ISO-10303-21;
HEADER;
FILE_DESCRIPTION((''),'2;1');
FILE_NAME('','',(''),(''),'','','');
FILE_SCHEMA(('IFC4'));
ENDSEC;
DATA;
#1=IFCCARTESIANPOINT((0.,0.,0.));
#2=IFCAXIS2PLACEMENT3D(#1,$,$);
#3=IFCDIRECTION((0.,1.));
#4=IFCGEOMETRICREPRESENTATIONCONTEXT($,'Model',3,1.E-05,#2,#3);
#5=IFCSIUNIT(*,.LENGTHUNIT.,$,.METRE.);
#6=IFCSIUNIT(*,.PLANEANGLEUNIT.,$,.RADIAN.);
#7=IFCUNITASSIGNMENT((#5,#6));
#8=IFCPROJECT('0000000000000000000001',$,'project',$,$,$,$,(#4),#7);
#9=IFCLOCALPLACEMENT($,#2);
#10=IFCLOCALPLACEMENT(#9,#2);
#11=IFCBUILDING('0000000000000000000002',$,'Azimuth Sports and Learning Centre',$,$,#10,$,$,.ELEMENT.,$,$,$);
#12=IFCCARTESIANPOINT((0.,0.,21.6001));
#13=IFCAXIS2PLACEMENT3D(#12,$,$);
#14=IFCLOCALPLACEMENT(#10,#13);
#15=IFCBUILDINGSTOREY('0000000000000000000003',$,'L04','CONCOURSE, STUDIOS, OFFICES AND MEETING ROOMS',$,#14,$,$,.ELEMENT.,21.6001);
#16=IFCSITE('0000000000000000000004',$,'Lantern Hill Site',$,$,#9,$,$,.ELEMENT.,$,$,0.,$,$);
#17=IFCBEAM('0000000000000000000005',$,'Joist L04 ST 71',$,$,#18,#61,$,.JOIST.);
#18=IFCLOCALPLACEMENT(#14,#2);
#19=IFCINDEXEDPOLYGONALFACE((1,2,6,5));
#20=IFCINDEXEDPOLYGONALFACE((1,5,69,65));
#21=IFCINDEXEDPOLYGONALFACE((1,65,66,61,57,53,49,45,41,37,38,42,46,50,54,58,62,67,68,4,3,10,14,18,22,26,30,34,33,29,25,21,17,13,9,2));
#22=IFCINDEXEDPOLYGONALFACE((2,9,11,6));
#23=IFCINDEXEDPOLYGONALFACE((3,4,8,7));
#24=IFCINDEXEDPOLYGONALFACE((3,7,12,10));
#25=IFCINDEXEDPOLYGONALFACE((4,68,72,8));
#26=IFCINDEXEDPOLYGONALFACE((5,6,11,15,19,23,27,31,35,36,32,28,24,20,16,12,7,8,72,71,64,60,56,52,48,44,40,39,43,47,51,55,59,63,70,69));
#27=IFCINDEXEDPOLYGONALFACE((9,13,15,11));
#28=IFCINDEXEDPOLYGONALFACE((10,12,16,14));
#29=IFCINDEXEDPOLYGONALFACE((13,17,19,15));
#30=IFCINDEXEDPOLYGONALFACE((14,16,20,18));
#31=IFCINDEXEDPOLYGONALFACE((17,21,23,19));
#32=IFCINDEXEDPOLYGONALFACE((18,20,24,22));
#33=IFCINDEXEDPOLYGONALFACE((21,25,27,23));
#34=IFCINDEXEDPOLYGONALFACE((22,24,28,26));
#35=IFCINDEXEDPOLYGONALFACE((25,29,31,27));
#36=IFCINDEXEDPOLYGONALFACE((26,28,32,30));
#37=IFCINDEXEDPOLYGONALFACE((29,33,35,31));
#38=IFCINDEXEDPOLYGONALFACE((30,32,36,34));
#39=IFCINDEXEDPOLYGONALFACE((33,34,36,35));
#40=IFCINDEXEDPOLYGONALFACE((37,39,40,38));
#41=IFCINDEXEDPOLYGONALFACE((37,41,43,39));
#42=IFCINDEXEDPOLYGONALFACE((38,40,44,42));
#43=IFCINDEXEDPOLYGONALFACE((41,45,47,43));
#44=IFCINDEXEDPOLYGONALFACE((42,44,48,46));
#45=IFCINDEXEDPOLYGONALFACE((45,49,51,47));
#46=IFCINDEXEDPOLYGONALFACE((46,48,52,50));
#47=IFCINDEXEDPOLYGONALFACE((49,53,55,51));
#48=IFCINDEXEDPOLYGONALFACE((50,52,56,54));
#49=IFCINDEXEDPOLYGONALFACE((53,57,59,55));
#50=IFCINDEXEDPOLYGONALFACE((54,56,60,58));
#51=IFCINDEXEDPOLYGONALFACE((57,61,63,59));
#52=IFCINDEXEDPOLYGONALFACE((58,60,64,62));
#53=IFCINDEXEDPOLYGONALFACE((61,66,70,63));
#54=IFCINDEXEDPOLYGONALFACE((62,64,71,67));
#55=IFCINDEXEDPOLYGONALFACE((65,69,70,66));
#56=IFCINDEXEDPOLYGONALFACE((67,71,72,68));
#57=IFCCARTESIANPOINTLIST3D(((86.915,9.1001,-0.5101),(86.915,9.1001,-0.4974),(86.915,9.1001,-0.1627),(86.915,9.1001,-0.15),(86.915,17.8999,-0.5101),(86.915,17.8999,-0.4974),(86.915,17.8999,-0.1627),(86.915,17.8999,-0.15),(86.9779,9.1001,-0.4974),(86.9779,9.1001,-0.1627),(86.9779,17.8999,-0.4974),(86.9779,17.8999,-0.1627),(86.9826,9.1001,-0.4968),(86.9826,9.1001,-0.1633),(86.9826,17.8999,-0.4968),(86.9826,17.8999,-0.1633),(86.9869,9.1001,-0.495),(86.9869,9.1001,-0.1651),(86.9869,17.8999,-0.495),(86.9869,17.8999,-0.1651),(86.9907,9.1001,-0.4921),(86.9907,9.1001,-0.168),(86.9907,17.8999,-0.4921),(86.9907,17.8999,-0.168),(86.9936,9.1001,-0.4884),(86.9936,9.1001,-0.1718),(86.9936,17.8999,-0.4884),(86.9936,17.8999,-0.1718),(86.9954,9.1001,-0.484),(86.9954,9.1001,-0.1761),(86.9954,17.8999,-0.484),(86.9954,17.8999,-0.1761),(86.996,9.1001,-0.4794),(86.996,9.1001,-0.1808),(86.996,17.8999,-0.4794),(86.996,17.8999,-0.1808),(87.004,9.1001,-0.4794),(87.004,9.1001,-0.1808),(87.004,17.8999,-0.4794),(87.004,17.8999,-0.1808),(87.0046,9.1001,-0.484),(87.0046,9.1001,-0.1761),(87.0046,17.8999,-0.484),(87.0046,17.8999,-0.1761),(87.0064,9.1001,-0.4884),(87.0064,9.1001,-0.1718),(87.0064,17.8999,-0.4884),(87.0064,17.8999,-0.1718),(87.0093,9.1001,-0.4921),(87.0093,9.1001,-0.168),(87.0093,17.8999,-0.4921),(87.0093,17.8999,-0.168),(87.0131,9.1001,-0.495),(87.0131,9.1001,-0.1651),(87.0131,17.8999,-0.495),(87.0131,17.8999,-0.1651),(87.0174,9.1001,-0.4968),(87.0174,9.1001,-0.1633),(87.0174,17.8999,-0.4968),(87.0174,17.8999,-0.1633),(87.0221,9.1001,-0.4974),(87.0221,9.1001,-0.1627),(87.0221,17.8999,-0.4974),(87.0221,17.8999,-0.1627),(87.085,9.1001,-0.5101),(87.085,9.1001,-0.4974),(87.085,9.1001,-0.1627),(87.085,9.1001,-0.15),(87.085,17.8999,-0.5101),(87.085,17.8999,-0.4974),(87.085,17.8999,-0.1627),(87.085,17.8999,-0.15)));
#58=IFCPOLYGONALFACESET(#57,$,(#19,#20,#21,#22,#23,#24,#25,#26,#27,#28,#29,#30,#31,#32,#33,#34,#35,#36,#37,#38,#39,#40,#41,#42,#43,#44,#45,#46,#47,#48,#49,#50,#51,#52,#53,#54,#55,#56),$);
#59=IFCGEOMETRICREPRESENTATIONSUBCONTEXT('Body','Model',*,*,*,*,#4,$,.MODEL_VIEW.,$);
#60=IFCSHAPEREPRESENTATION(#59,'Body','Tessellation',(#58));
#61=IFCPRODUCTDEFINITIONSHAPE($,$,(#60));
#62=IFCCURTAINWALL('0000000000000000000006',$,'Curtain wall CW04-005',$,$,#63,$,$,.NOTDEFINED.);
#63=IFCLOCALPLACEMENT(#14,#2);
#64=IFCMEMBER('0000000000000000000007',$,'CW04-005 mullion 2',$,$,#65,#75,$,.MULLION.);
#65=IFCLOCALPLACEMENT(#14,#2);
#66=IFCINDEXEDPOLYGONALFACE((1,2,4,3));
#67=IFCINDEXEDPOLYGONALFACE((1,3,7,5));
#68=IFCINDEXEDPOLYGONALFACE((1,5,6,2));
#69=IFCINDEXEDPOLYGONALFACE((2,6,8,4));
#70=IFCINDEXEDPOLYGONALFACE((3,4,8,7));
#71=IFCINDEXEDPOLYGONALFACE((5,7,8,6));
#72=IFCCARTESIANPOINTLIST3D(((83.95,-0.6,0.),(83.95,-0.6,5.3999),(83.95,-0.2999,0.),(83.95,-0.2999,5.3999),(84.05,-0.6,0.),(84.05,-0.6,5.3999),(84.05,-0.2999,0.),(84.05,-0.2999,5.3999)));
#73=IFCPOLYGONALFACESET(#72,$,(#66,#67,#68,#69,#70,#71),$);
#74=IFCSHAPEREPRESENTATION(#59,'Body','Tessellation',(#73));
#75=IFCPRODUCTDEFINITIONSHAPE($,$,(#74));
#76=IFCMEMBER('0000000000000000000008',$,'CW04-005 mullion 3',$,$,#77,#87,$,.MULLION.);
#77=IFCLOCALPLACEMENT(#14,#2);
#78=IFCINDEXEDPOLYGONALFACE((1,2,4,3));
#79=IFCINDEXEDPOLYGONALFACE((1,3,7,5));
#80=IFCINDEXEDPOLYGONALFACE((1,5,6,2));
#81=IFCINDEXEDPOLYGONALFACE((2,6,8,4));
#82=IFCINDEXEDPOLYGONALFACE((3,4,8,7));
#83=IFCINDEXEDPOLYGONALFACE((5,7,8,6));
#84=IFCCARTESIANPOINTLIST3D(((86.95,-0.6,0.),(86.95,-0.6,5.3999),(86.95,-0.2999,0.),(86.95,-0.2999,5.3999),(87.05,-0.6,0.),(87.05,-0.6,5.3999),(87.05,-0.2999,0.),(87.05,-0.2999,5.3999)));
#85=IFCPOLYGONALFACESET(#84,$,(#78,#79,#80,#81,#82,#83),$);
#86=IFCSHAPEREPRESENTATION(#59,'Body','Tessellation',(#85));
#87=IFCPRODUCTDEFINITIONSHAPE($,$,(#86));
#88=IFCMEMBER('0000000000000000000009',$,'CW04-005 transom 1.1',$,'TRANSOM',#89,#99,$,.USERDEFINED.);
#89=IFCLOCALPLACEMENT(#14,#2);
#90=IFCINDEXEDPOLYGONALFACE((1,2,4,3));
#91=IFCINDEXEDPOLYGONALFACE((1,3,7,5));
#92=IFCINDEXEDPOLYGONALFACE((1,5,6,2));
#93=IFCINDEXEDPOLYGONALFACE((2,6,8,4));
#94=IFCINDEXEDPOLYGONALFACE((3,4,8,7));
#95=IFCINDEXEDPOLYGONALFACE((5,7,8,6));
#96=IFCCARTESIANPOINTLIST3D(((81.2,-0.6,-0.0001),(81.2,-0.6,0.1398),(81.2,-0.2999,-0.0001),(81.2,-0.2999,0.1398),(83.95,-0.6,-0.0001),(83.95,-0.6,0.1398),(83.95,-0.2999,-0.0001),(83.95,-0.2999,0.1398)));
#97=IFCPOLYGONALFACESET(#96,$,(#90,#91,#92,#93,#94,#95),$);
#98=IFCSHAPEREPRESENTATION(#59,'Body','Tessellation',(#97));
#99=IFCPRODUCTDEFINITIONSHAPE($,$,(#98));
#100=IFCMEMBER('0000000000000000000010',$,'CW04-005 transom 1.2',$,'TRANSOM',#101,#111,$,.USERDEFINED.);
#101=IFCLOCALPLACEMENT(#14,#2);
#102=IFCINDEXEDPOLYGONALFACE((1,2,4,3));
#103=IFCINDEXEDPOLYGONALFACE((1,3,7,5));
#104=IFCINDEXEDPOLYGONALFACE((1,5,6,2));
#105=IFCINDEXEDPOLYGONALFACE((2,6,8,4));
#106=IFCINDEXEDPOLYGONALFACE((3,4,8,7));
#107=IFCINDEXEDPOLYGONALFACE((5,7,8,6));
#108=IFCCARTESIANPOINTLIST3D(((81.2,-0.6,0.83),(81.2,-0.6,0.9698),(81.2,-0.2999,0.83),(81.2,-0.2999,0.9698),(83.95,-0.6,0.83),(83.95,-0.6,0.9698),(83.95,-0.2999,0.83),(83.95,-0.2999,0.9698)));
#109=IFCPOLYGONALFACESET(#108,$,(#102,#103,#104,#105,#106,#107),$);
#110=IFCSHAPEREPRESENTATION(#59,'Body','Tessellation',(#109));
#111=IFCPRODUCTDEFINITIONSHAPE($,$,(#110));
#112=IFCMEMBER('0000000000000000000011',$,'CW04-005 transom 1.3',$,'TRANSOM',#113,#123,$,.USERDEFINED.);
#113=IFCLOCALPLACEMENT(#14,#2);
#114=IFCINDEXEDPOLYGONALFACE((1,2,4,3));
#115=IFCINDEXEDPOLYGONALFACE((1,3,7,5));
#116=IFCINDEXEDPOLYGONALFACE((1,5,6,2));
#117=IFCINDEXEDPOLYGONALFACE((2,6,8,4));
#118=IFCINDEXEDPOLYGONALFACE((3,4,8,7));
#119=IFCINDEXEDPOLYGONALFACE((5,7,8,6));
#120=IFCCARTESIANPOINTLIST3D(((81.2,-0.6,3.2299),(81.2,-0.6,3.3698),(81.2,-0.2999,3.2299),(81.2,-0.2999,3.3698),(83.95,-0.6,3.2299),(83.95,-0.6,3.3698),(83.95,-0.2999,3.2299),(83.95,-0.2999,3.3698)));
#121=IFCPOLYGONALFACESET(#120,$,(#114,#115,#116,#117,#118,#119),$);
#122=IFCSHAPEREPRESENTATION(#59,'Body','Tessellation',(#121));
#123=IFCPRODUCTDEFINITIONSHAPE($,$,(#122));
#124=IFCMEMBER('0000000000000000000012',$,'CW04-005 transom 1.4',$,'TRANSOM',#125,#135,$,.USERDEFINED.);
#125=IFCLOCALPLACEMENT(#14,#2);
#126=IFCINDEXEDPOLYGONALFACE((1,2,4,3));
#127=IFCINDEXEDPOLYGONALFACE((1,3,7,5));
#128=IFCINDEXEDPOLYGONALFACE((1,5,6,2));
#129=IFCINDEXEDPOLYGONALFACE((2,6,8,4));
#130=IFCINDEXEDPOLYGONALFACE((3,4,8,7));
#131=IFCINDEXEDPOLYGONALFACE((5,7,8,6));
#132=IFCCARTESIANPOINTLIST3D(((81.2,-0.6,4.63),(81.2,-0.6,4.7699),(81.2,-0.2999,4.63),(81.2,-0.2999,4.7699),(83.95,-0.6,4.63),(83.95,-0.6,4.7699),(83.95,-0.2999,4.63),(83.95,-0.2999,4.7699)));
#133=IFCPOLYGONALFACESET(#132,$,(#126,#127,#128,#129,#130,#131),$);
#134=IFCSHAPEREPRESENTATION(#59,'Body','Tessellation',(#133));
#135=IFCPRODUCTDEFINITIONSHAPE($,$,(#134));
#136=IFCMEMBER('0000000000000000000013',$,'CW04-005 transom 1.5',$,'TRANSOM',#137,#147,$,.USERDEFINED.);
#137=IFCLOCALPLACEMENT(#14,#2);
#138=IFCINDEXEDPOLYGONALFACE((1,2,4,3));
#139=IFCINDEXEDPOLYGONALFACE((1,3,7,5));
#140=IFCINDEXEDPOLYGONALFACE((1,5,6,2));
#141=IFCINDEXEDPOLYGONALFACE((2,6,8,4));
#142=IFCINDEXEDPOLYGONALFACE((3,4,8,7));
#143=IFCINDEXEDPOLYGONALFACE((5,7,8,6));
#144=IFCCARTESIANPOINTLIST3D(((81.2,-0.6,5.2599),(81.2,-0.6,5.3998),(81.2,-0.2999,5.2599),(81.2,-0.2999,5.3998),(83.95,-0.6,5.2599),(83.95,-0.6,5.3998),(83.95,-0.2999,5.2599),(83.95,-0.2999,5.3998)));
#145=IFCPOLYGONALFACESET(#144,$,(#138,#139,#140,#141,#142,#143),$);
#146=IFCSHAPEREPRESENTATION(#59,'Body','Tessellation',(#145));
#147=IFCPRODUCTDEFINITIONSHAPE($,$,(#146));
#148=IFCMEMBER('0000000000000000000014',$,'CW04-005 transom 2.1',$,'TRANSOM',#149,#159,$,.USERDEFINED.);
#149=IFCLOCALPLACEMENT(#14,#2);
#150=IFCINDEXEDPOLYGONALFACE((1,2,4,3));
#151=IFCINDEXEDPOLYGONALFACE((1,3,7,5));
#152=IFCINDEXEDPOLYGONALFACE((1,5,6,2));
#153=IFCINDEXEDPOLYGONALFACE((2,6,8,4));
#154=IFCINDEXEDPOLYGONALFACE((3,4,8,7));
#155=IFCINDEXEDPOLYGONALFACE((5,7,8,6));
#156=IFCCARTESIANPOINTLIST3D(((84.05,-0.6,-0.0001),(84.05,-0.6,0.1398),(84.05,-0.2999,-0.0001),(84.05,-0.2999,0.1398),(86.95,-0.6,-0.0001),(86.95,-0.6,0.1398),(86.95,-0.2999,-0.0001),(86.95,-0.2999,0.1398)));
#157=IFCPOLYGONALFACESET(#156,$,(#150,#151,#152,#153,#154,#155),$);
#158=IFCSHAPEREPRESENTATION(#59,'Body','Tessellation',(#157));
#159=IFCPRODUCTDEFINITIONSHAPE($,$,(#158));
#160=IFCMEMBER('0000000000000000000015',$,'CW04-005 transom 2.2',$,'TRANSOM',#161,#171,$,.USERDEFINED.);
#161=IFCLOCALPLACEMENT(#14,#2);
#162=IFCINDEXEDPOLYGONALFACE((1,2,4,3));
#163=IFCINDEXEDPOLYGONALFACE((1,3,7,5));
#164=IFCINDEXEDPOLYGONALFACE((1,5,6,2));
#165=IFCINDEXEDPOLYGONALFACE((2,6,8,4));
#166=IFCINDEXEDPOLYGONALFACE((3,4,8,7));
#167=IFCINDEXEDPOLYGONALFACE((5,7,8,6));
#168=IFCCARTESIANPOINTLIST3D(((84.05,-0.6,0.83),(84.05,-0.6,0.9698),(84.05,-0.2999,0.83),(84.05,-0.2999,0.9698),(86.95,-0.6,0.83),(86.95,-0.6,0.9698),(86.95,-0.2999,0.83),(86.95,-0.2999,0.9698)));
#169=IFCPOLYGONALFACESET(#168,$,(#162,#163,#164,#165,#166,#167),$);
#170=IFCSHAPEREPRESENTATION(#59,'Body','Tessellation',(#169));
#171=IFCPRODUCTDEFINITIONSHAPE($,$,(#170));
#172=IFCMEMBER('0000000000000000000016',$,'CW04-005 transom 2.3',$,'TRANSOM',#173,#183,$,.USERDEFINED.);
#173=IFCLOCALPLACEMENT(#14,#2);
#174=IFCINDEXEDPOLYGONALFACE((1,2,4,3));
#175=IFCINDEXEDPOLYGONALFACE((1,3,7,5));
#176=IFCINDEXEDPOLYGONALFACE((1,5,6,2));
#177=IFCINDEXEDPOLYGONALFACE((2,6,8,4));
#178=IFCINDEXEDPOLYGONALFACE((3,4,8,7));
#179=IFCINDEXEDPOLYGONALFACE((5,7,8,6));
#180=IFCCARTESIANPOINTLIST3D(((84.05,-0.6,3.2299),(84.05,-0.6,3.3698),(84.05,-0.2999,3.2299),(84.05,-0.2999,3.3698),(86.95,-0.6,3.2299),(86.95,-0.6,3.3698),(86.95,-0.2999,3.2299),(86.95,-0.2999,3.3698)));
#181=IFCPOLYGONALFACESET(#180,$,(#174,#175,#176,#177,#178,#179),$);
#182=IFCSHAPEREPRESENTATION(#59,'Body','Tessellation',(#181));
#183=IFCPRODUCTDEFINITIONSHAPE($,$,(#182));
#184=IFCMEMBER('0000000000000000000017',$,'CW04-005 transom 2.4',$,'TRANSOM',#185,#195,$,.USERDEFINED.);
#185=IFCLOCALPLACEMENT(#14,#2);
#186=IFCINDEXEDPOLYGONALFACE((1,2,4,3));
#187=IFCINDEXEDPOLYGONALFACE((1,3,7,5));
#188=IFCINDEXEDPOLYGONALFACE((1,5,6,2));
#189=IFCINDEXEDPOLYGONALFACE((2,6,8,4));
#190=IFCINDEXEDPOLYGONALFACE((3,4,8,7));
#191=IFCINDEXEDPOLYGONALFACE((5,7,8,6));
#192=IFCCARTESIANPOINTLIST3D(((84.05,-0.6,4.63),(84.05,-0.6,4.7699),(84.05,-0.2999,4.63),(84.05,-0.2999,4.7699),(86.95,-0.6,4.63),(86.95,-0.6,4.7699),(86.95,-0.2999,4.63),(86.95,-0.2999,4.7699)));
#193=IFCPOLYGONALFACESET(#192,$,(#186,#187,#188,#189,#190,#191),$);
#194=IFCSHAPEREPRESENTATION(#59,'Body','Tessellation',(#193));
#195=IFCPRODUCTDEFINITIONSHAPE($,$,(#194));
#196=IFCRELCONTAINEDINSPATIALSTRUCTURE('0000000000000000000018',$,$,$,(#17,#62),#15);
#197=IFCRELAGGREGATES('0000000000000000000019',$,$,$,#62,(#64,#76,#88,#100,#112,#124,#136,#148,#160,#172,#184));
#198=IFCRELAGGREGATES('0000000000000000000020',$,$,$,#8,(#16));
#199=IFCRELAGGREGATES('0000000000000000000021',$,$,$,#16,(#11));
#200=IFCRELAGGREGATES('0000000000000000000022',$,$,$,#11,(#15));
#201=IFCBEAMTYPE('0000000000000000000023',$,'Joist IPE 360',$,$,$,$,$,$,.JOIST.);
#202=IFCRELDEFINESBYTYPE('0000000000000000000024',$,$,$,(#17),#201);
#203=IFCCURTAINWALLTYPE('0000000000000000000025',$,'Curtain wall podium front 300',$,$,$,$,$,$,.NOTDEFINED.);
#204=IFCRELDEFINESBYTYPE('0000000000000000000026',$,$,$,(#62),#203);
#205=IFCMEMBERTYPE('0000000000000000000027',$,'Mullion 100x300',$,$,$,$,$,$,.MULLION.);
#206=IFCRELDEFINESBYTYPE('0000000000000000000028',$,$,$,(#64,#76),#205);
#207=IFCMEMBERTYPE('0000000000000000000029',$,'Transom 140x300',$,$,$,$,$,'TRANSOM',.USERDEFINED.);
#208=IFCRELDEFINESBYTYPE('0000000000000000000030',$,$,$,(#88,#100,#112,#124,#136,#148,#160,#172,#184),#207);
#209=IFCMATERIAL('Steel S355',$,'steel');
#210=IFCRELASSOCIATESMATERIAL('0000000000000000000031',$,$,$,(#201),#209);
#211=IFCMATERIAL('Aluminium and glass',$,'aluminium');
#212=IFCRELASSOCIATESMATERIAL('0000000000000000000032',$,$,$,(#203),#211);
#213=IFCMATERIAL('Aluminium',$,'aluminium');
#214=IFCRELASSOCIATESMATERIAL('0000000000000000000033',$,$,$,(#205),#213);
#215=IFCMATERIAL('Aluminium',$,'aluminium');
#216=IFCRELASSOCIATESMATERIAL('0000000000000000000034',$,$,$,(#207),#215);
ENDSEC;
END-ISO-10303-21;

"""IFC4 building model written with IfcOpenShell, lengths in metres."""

from ifc_helpers import new_model, si_unit, direction, frame, origin, origin_2d, place, context, subcontext, project, spatial, rectangle, i_section, extrude, material, material_profile, profile_set, type_object, element, aggregate, save


model = new_model("IFC4")

# Units and contexts
model_context = context("Model", 3, precision=1e-05, world=origin(), true_north=direction((0.0, 1.0)))
body_context = subcontext(model_context, "Body", "Model", "MODEL_VIEW")
ifc_project = project(units=[si_unit("LENGTHUNIT", "METRE"), si_unit("PLANEANGLEUNIT", "RADIAN")], contexts=[model_context])

# Site, building, storey
site_placement = place(None, origin())
site = spatial("IfcSite", under=ifc_project, at=site_placement, Name="Lantern Hill Site", CompositionType="ELEMENT", RefElevation=0.0)
building_placement = place(site_placement, origin())
building = spatial("IfcBuilding", under=site, at=building_placement, Name="Azimuth Sports and Learning Centre", CompositionType="ELEMENT")
storey_placement = place(building_placement, frame((0.0, 0.0, 21.6001)))
storey = spatial("IfcBuildingStorey", under=building, at=storey_placement, Name="L04", Description="CONCOURSE, STUDIOS, OFFICES AND MEETING ROOMS", CompositionType="ELEMENT", Elevation=21.6001)

# Beam
ifc_material_1 = material(Name="Steel S355", Category="steel")
ifc_material_profile_1 = material_profile(ifc_material_1, i_section(OverallWidth=0.1699, OverallDepth=0.3601, WebThickness=0.0081, FlangeThickness=0.0127, FilletRadius=0.0181, at=origin_2d()), Name="IPE 360")
ifc_profile_set_1 = profile_set([ifc_material_profile_1], Name="Steel S355")
beam_type_1 = type_object("IfcBeamType", Name="Joist IPE 360", PredefinedType="JOIST", material=ifc_profile_set_1)
beam_1_placement = place(storey_placement, frame((87.0, 9.1001, -0.3301), z_axis=(0.0, 1.0, 0.0), x_axis=(-1.0, 0.0, 0.0)))
element("IfcBeam", 1, at=beam_1_placement, inside=storey, type_object=beam_type_1, Name="Joist L04 ST 71", PredefinedType="JOIST", context=body_context, shape_type="SweptSolid", body=[
    extrude(i_section(OverallWidth=0.1699, OverallDepth=0.3601, WebThickness=0.0081, FlangeThickness=0.0127, FilletRadius=0.0181, at=origin_2d()), origin(), (0.0, 0.0, 1.0), 8.7998),
])

# Curtain wall, members
ifc_material_2 = material(Name="Aluminium and glass", Category="aluminium")
curtain_wall_type = type_object("IfcCurtainWallType", Name="Curtain wall podium front 300", PredefinedType="NOTDEFINED", material=ifc_material_2)
curtain_wall_placement = place(storey_placement, origin())
curtain_wall = element("IfcCurtainWall", 2, at=curtain_wall_placement, inside=storey, type_object=curtain_wall_type, Name="Curtain wall CW04-005", PredefinedType="NOTDEFINED")
ifc_material_3 = material(Name="Aluminium", Category="aluminium")
ifc_material_profile_2 = material_profile(ifc_material_3, rectangle(XDim=0.3, YDim=0.1001, at=origin_2d()), Name="Mullion 100x300")
ifc_profile_set_2 = profile_set([ifc_material_profile_2], Name="Aluminium")
member_type_1 = type_object("IfcMemberType", Name="Mullion 100x300", PredefinedType="MULLION", material=ifc_profile_set_2)
member_1_placement = place(storey_placement, frame((84.0, -0.45, 0.0), z_axis=(0.0, 0.0, 1.0), x_axis=(0.0, 1.0, 0.0)))
member_1 = element("IfcMember", 3, at=member_1_placement, type_object=member_type_1, Name="CW04-005 mullion 2", PredefinedType="MULLION", context=body_context, shape_type="SweptSolid", body=[
    extrude(rectangle(XDim=0.3, YDim=0.1001, at=origin_2d()), origin(), (0.0, 0.0, 1.0), 5.3999),
])
member_2_placement = place(storey_placement, frame((87.0, -0.45, 0.0), z_axis=(0.0, 0.0, 1.0), x_axis=(0.0, 1.0, 0.0)))
member_2 = element("IfcMember", 4, at=member_2_placement, type_object=member_type_1, Name="CW04-005 mullion 3", PredefinedType="MULLION", context=body_context, shape_type="SweptSolid", body=[
    extrude(rectangle(XDim=0.3, YDim=0.1001, at=origin_2d()), origin(), (0.0, 0.0, 1.0), 5.3999),
])
ifc_material_4 = material(Name="Aluminium", Category="aluminium")
ifc_material_profile_3 = material_profile(ifc_material_4, rectangle(XDim=0.3, YDim=0.1399, at=origin_2d()), Name="Transom 140x300")
ifc_profile_set_3 = profile_set([ifc_material_profile_3], Name="Aluminium")
member_type_2 = type_object("IfcMemberType", Name="Transom 140x300", ElementType="TRANSOM", PredefinedType="USERDEFINED", material=ifc_profile_set_3)
member_3_placement = place(storey_placement, frame((81.2, -0.45, 0.0698), z_axis=(1.0, 0.0, 0.0), x_axis=(0.0, 1.0, 0.0)))
member_3 = element("IfcMember", 5, at=member_3_placement, type_object=member_type_2, Name="CW04-005 transom 1.1", ObjectType="TRANSOM", PredefinedType="USERDEFINED", context=body_context, shape_type="SweptSolid", body=[
    extrude(rectangle(XDim=0.3, YDim=0.1399, at=origin_2d()), origin(), (0.0, 0.0, 1.0), 2.75),
])
member_4_placement = place(storey_placement, frame((81.2, -0.45, 0.8999), z_axis=(1.0, 0.0, 0.0), x_axis=(0.0, 1.0, 0.0)))
member_4 = element("IfcMember", 6, at=member_4_placement, type_object=member_type_2, Name="CW04-005 transom 1.2", ObjectType="TRANSOM", PredefinedType="USERDEFINED", context=body_context, shape_type="SweptSolid", body=[
    extrude(rectangle(XDim=0.3, YDim=0.1399, at=origin_2d()), origin(), (0.0, 0.0, 1.0), 2.75),
])
member_5_placement = place(storey_placement, frame((81.2, -0.45, 3.2998), z_axis=(1.0, 0.0, 0.0), x_axis=(0.0, 1.0, 0.0)))
member_5 = element("IfcMember", 7, at=member_5_placement, type_object=member_type_2, Name="CW04-005 transom 1.3", ObjectType="TRANSOM", PredefinedType="USERDEFINED", context=body_context, shape_type="SweptSolid", body=[
    extrude(rectangle(XDim=0.3, YDim=0.1399, at=origin_2d()), origin(), (0.0, 0.0, 1.0), 2.75),
])
member_6_placement = place(storey_placement, frame((81.2, -0.45, 4.7), z_axis=(1.0, 0.0, 0.0), x_axis=(0.0, 1.0, 0.0)))
member_6 = element("IfcMember", 8, at=member_6_placement, type_object=member_type_2, Name="CW04-005 transom 1.4", ObjectType="TRANSOM", PredefinedType="USERDEFINED", context=body_context, shape_type="SweptSolid", body=[
    extrude(rectangle(XDim=0.3, YDim=0.1399, at=origin_2d()), origin(), (0.0, 0.0, 1.0), 2.75),
])
member_7_placement = place(storey_placement, frame((81.2, -0.45, 5.3298), z_axis=(1.0, 0.0, 0.0), x_axis=(0.0, 1.0, 0.0)))
member_7 = element("IfcMember", 9, at=member_7_placement, type_object=member_type_2, Name="CW04-005 transom 1.5", ObjectType="TRANSOM", PredefinedType="USERDEFINED", context=body_context, shape_type="SweptSolid", body=[
    extrude(rectangle(XDim=0.3, YDim=0.1399, at=origin_2d()), origin(), (0.0, 0.0, 1.0), 2.75),
])
member_8_placement = place(storey_placement, frame((84.05, -0.45, 0.0698), z_axis=(1.0, 0.0, 0.0), x_axis=(0.0, 1.0, 0.0)))
member_8 = element("IfcMember", 10, at=member_8_placement, type_object=member_type_2, Name="CW04-005 transom 2.1", ObjectType="TRANSOM", PredefinedType="USERDEFINED", context=body_context, shape_type="SweptSolid", body=[
    extrude(rectangle(XDim=0.3, YDim=0.1399, at=origin_2d()), origin(), (0.0, 0.0, 1.0), 2.8999),
])
member_9_placement = place(storey_placement, frame((84.05, -0.45, 0.8999), z_axis=(1.0, 0.0, 0.0), x_axis=(0.0, 1.0, 0.0)))
member_9 = element("IfcMember", 11, at=member_9_placement, type_object=member_type_2, Name="CW04-005 transom 2.2", ObjectType="TRANSOM", PredefinedType="USERDEFINED", context=body_context, shape_type="SweptSolid", body=[
    extrude(rectangle(XDim=0.3, YDim=0.1399, at=origin_2d()), origin(), (0.0, 0.0, 1.0), 2.8999),
])
member_10_placement = place(storey_placement, frame((84.05, -0.45, 3.2998), z_axis=(1.0, 0.0, 0.0), x_axis=(0.0, 1.0, 0.0)))
member_10 = element("IfcMember", 12, at=member_10_placement, type_object=member_type_2, Name="CW04-005 transom 2.3", ObjectType="TRANSOM", PredefinedType="USERDEFINED", context=body_context, shape_type="SweptSolid", body=[
    extrude(rectangle(XDim=0.3, YDim=0.1399, at=origin_2d()), origin(), (0.0, 0.0, 1.0), 2.8999),
])
member_11_placement = place(storey_placement, frame((84.05, -0.45, 4.7), z_axis=(1.0, 0.0, 0.0), x_axis=(0.0, 1.0, 0.0)))
member_11 = element("IfcMember", 13, at=member_11_placement, type_object=member_type_2, Name="CW04-005 transom 2.4", ObjectType="TRANSOM", PredefinedType="USERDEFINED", context=body_context, shape_type="SweptSolid", body=[
    extrude(rectangle(XDim=0.3, YDim=0.1399, at=origin_2d()), origin(), (0.0, 0.0, 1.0), 2.8999),
])
aggregate(curtain_wall, [member_1, member_2, member_3, member_4, member_5, member_6, member_7, member_8, member_9, member_10, member_11])

save(model, "model.ifc")
